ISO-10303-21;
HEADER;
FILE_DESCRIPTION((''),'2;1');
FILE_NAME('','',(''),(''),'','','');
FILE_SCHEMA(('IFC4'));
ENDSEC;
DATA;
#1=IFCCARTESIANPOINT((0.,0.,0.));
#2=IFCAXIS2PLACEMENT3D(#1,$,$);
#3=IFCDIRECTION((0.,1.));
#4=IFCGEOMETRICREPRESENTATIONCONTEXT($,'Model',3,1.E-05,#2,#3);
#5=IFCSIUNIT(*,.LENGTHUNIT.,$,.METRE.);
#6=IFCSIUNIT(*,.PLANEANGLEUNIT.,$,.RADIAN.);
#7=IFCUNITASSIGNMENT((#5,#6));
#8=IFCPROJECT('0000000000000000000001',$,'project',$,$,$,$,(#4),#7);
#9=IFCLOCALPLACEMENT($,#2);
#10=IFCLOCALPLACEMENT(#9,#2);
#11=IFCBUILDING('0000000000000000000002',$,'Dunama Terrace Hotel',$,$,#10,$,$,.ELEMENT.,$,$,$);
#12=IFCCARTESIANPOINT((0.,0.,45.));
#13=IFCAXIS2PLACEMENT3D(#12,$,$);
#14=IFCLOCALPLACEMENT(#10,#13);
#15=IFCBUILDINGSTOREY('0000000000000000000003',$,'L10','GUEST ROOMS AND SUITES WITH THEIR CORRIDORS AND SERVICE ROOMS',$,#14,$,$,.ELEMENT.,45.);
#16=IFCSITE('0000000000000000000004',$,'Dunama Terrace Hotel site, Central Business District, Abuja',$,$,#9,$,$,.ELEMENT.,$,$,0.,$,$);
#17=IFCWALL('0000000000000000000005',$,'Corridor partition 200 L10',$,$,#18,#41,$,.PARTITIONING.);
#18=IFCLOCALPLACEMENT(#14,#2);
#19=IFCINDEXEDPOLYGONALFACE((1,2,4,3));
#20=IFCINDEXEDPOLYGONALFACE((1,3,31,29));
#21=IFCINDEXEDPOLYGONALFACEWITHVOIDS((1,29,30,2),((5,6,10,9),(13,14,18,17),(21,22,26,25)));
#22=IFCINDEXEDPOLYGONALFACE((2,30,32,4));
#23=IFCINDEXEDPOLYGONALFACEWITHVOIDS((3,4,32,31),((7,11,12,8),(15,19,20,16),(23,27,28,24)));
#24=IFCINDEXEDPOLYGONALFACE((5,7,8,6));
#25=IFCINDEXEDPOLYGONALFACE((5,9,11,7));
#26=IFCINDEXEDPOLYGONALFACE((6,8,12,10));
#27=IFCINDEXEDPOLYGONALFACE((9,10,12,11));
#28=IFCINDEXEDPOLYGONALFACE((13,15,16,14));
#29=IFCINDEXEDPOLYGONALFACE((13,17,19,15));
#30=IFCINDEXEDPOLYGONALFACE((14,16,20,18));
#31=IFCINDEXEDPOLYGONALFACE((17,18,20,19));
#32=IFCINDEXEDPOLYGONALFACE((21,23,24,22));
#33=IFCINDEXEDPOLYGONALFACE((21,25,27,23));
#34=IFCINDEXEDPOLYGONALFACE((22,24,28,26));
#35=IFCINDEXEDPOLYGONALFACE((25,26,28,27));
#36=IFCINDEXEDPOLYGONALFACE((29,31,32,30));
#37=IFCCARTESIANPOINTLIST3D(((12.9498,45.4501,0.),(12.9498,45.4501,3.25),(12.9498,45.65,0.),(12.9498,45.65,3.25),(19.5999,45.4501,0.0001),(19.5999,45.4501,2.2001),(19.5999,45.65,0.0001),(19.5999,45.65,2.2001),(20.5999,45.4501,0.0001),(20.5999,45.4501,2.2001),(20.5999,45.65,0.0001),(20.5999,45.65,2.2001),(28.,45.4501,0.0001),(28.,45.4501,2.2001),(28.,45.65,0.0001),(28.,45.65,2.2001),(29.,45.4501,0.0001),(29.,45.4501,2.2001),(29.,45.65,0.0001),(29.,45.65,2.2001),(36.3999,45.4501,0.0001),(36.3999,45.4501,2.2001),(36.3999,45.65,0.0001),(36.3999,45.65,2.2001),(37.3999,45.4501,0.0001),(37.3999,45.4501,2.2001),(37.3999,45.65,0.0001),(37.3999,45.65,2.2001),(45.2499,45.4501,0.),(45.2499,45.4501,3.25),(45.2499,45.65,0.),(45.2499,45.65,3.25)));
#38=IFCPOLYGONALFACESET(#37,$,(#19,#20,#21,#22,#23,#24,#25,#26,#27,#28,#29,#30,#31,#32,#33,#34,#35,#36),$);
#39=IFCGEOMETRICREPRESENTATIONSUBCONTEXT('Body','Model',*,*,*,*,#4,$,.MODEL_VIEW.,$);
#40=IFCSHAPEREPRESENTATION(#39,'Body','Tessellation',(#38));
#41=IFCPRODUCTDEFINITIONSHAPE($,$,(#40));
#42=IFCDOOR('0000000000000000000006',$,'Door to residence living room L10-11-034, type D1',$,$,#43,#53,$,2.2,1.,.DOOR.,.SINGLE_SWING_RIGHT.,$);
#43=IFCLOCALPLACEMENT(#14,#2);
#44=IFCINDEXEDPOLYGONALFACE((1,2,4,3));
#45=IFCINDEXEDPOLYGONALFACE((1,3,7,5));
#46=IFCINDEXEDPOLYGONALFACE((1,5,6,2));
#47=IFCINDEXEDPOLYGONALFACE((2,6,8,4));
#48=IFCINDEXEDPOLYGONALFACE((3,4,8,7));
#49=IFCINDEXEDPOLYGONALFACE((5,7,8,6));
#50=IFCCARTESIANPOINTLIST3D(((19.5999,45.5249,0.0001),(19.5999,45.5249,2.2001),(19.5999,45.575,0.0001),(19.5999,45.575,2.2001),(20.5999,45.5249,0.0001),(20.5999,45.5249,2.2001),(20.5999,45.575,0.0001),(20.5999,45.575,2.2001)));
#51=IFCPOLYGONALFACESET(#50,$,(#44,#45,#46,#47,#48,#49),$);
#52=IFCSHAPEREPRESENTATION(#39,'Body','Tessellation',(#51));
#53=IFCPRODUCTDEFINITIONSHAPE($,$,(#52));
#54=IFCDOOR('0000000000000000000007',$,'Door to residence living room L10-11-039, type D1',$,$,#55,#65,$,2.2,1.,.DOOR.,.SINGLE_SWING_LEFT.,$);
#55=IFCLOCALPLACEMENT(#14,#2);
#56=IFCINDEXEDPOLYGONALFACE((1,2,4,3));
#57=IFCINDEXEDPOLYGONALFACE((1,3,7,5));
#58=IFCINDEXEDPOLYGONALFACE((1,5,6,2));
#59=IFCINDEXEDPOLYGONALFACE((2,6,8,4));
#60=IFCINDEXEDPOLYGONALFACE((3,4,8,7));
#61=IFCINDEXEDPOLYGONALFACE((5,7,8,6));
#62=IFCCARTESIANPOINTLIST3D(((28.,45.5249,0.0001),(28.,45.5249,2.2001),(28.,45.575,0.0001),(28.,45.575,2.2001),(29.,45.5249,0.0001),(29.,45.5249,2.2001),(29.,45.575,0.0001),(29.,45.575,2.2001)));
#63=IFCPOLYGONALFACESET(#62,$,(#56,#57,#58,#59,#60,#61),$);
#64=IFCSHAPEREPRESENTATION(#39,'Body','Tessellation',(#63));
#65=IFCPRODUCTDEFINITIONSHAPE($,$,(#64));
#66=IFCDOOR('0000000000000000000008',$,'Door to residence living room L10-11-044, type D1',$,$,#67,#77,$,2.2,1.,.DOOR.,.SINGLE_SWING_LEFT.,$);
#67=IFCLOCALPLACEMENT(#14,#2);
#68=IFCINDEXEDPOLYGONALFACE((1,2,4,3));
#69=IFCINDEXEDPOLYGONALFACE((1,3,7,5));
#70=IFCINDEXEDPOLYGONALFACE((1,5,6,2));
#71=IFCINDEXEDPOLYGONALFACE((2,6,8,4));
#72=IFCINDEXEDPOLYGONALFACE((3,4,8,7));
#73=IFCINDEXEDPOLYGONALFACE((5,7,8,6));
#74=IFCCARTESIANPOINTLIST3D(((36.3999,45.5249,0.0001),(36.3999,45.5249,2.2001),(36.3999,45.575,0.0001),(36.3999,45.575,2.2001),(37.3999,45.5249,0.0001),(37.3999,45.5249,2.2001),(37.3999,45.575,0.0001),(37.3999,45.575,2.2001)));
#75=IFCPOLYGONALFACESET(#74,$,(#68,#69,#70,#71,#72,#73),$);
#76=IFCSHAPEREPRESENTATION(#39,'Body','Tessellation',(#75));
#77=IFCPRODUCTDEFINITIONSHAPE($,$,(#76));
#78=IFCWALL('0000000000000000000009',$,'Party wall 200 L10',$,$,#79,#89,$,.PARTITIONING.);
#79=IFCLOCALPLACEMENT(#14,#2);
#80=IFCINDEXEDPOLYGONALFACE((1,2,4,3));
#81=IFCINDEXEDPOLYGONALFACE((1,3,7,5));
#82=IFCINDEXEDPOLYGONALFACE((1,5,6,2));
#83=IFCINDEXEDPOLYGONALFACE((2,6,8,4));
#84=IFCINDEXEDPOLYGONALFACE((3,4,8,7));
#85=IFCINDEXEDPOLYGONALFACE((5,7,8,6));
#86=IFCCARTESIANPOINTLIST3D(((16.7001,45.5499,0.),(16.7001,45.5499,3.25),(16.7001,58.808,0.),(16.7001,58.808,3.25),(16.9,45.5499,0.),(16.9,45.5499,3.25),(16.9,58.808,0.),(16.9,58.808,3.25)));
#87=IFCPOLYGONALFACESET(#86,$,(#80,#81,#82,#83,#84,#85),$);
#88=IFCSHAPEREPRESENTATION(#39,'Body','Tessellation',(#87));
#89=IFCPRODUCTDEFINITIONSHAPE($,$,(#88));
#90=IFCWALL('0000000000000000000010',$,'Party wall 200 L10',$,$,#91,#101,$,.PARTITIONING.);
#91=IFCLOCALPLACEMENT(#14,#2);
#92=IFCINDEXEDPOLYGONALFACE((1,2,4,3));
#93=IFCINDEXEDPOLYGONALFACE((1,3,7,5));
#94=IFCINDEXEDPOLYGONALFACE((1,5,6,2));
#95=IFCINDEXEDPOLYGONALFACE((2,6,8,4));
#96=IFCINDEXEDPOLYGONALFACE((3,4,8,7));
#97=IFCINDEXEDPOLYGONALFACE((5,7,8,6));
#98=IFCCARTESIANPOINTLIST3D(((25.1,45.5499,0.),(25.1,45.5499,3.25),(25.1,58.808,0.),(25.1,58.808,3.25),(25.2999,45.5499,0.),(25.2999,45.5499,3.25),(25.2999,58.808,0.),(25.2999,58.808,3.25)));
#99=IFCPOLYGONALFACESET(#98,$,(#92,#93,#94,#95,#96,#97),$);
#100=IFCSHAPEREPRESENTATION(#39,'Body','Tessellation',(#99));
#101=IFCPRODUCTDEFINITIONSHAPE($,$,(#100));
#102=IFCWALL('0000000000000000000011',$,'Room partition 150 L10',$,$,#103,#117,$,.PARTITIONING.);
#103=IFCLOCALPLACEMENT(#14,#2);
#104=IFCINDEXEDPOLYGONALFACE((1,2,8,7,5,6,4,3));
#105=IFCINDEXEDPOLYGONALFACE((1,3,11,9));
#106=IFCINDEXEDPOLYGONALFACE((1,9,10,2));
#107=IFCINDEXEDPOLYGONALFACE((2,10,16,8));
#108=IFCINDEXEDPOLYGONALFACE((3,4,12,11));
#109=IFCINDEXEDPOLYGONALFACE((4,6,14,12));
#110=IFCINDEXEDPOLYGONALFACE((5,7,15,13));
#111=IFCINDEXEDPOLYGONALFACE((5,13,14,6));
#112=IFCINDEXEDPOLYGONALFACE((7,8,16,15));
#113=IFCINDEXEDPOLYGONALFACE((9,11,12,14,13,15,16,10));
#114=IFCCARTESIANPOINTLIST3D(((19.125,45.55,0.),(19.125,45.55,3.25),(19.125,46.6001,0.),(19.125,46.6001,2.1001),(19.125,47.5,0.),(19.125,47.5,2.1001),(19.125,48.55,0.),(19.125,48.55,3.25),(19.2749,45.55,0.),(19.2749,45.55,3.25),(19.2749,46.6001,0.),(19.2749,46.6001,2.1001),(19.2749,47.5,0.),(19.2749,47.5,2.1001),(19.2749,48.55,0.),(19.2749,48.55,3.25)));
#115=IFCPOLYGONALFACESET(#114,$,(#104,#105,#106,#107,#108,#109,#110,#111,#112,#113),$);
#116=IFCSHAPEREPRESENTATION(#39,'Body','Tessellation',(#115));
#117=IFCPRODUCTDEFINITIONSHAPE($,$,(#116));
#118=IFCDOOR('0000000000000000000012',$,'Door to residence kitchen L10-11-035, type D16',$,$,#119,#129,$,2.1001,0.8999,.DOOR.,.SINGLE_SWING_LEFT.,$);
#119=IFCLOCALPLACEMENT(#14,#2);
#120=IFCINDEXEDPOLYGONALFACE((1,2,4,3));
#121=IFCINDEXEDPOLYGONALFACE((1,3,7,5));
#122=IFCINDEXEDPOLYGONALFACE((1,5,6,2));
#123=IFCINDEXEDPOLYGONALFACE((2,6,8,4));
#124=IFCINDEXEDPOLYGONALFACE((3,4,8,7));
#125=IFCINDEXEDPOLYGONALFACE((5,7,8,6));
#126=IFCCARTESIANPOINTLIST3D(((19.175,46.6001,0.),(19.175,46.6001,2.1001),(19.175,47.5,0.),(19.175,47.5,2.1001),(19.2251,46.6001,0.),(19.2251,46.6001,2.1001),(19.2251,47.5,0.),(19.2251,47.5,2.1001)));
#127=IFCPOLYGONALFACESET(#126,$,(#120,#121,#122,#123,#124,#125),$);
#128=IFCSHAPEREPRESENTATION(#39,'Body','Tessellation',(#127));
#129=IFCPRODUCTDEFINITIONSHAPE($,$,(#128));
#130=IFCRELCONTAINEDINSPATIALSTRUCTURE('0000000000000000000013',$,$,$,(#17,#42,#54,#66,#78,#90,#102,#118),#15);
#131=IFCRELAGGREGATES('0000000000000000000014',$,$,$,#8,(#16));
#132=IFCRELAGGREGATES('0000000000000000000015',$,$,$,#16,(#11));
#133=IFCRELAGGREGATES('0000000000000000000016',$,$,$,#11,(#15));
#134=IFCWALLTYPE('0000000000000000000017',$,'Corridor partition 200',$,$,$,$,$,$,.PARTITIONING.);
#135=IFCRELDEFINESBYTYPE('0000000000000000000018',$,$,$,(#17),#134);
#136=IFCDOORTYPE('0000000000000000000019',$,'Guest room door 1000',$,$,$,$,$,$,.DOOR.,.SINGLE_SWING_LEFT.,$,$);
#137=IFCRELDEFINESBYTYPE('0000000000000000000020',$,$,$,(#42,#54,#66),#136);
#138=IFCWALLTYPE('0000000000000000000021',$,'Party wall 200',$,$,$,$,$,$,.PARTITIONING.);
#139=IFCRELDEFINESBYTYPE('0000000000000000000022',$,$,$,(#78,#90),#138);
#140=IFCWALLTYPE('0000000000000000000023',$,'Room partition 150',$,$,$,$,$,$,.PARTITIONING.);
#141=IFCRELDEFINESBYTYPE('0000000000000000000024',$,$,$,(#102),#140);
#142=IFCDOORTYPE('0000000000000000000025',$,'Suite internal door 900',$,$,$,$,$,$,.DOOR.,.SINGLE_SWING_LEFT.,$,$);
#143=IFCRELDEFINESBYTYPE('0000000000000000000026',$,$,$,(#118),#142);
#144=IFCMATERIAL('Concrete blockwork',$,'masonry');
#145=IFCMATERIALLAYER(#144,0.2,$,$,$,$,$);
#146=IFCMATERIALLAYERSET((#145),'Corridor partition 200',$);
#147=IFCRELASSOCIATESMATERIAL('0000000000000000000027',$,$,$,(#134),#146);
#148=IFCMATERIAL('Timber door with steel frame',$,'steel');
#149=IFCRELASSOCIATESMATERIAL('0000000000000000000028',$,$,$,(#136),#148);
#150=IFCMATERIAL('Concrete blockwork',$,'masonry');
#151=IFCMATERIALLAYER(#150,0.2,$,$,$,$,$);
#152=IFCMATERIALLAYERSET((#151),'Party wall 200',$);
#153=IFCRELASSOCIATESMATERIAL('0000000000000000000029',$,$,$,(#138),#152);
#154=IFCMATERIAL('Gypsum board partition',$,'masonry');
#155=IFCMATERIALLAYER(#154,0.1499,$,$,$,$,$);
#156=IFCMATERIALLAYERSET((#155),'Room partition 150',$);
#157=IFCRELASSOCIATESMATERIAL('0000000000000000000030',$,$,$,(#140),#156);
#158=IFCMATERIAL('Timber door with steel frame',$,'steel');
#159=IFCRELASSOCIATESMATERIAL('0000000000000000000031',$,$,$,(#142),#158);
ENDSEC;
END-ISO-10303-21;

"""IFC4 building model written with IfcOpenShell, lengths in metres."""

from ifc_helpers import new_model, si_unit, direction, frame, frame_2d, origin, place, context, subcontext, project, spatial, rectangle, extrude, material, layer, layer_set, type_object, element, fill, save


model = new_model("IFC4")

# Units and contexts
model_context = context("Model", 3, precision=1e-05, world=origin(), true_north=direction((0.0, 1.0)))
body_context = subcontext(model_context, "Body", "Model", "MODEL_VIEW")
ifc_project = project(units=[si_unit("LENGTHUNIT", "METRE"), si_unit("PLANEANGLEUNIT", "RADIAN")], contexts=[model_context])

# Site, building, storey
site_placement = place(None, origin())
site = spatial("IfcSite", under=ifc_project, at=site_placement, Name="Dunama Terrace Hotel site, Central Business District, Abuja", CompositionType="ELEMENT", RefElevation=0.0)
building_placement = place(site_placement, origin())
building = spatial("IfcBuilding", under=site, at=building_placement, Name="Dunama Terrace Hotel", CompositionType="ELEMENT")
storey_placement = place(building_placement, frame((0.0, 0.0, 45.0)))
storey = spatial("IfcBuildingStorey", under=building, at=storey_placement, Name="L10", Description="GUEST ROOMS AND SUITES WITH THEIR CORRIDORS AND SERVICE ROOMS", CompositionType="ELEMENT", Elevation=45.0)

# Wall, openings, doors
ifc_material_1 = material(Name="Concrete blockwork", Category="masonry")
ifc_layer_1 = layer(ifc_material_1, 0.2)
ifc_layer_set_1 = layer_set([ifc_layer_1], Name="Corridor partition 200")
wall_type_1 = type_object("IfcWallType", Name="Corridor partition 200", PredefinedType="PARTITIONING", material=ifc_layer_set_1)
wall_1_placement = place(storey_placement, frame((12.95, 45.55, 0.0), z_axis=(0.0, 0.0, 1.0), x_axis=(1.0, 0.0, 0.0)))
wall_1 = element("IfcWall", 1, at=wall_1_placement, inside=storey, type_object=wall_type_1, Name="Corridor partition 200 L10", PredefinedType="PARTITIONING", context=body_context, shape_type="SweptSolid", body=[
    extrude(rectangle(XDim=32.3, YDim=0.2, at=frame_2d((16.1499, 0.0))), origin(), (0.0, 0.0, 1.0), 3.25),
])
opening_1_placement = place(wall_1_placement, frame((6.6499, 0.0, 0.0)))
opening_1 = element("IfcOpeningElement", 2, at=opening_1_placement, cuts=wall_1, PredefinedType="OPENING", context=body_context, shape_type="SweptSolid", body=[
    extrude(rectangle(XDim=1.0, YDim=2.2, at=frame_2d((0.5, 1.1001))), frame((0.0, 0.1099, 0.0), z_axis=(0.0, -1.0, 0.0), x_axis=(1.0, 0.0, 0.0)), (0.0, 0.0, 1.0), 0.22),
])
opening_2_placement = place(wall_1_placement, frame((15.05, 0.0, 0.0)))
opening_2 = element("IfcOpeningElement", 3, at=opening_2_placement, cuts=wall_1, PredefinedType="OPENING", context=body_context, shape_type="SweptSolid", body=[
    extrude(rectangle(XDim=1.0, YDim=2.2, at=frame_2d((0.5, 1.1001))), frame((0.0, 0.1099, 0.0), z_axis=(0.0, -1.0, 0.0), x_axis=(1.0, 0.0, 0.0)), (0.0, 0.0, 1.0), 0.22),
])
opening_3_placement = place(wall_1_placement, frame((23.45, 0.0, 0.0)))
opening_3 = element("IfcOpeningElement", 4, at=opening_3_placement, cuts=wall_1, PredefinedType="OPENING", context=body_context, shape_type="SweptSolid", body=[
    extrude(rectangle(XDim=1.0, YDim=2.2, at=frame_2d((0.5, 1.1001))), frame((0.0, 0.1099, 0.0), z_axis=(0.0, -1.0, 0.0), x_axis=(1.0, 0.0, 0.0)), (0.0, 0.0, 1.0), 0.22),
])
ifc_material_2 = material(Name="Timber door with steel frame", Category="steel")
door_type_1 = type_object("IfcDoorType", Name="Guest room door 1000", OperationType="SINGLE_SWING_LEFT", PredefinedType="DOOR", material=ifc_material_2)
door_1_placement = place(opening_1_placement, origin())
door_1 = element("IfcDoor", 5, at=door_1_placement, inside=storey, type_object=door_type_1, Name="Door to residence living room L10-11-034, type D1", OperationType="SINGLE_SWING_RIGHT", OverallHeight=2.2, OverallWidth=1.0, PredefinedType="DOOR", context=body_context, shape_type="SweptSolid", body=[
    extrude(rectangle(XDim=1.0, YDim=2.2, at=frame_2d((0.5, 1.1001))), frame((0.0, 0.0249, 0.0), z_axis=(0.0, -1.0, 0.0), x_axis=(1.0, 0.0, 0.0)), (0.0, 0.0, 1.0), 0.05),
])
fill(opening_1, door_1)
door_2_placement = place(opening_2_placement, origin())
door_2 = element("IfcDoor", 6, at=door_2_placement, inside=storey, type_object=door_type_1, Name="Door to residence living room L10-11-039, type D1", OperationType="SINGLE_SWING_LEFT", OverallHeight=2.2, OverallWidth=1.0, PredefinedType="DOOR", context=body_context, shape_type="SweptSolid", body=[
    extrude(rectangle(XDim=1.0, YDim=2.2, at=frame_2d((0.5, 1.1001))), frame((0.0, 0.0249, 0.0), z_axis=(0.0, -1.0, 0.0), x_axis=(1.0, 0.0, 0.0)), (0.0, 0.0, 1.0), 0.05),
])
fill(opening_2, door_2)
door_3_placement = place(opening_3_placement, origin())
door_3 = element("IfcDoor", 7, at=door_3_placement, inside=storey, type_object=door_type_1, Name="Door to residence living room L10-11-044, type D1", OperationType="SINGLE_SWING_LEFT", OverallHeight=2.2, OverallWidth=1.0, PredefinedType="DOOR", context=body_context, shape_type="SweptSolid", body=[
    extrude(rectangle(XDim=1.0, YDim=2.2, at=frame_2d((0.5, 1.1001))), frame((0.0, 0.0249, 0.0), z_axis=(0.0, -1.0, 0.0), x_axis=(1.0, 0.0, 0.0)), (0.0, 0.0, 1.0), 0.05),
])
fill(opening_3, door_3)

# Walls
ifc_material_3 = material(Name="Concrete blockwork", Category="masonry")
ifc_layer_2 = layer(ifc_material_3, 0.2)
ifc_layer_set_2 = layer_set([ifc_layer_2], Name="Party wall 200")
wall_type_2 = type_object("IfcWallType", Name="Party wall 200", PredefinedType="PARTITIONING", material=ifc_layer_set_2)
for number, where, z_axis, x_axis, name in (
    (8, (16.8, 45.55, 0.0), (0.0, 0.0, 1.0), (0.0, 1.0, 0.0), "Party wall 200 L10"),
    (9, (25.2, 45.55, 0.0), (0.0, 0.0, 1.0), (0.0, 1.0, 0.0), "Party wall 200 L10"),
):
    element("IfcWall", number, at=place(storey_placement, frame(where, z_axis=z_axis, x_axis=x_axis)), inside=storey, type_object=wall_type_2, Name=name, PredefinedType="PARTITIONING", context=body_context, shape_type="SweptSolid", body=[
        extrude(rectangle(XDim=13.2581, YDim=0.2, at=frame_2d((6.6289, 0.0))), origin(), (0.0, 0.0, 1.0), 3.25),
    ])

# Wall, opening, door
ifc_material_4 = material(Name="Gypsum board partition", Category="masonry")
ifc_layer_3 = layer(ifc_material_4, 0.1499)
ifc_layer_set_3 = layer_set([ifc_layer_3], Name="Room partition 150")
wall_type_3 = type_object("IfcWallType", Name="Room partition 150", PredefinedType="PARTITIONING", material=ifc_layer_set_3)
wall_2_placement = place(storey_placement, frame((19.2, 45.55, 0.0), z_axis=(0.0, 0.0, 1.0), x_axis=(0.0, 1.0, 0.0)))
wall_2 = element("IfcWall", 10, at=wall_2_placement, inside=storey, type_object=wall_type_3, Name="Room partition 150 L10", PredefinedType="PARTITIONING", context=body_context, shape_type="SweptSolid", body=[
    extrude(rectangle(XDim=3.0, YDim=0.1499, at=frame_2d((1.5, 0.0))), origin(), (0.0, 0.0, 1.0), 3.25),
])
opening_4_placement = place(wall_2_placement, frame((1.05, 0.0, 0.0)))
opening_4 = element("IfcOpeningElement", 11, at=opening_4_placement, cuts=wall_2, PredefinedType="OPENING", context=body_context, shape_type="SweptSolid", body=[
    extrude(rectangle(XDim=0.8999, YDim=2.1001, at=frame_2d((0.45, 1.05))), frame((0.0, 0.085, 0.0), z_axis=(0.0, -1.0, 0.0), x_axis=(1.0, 0.0, 0.0)), (0.0, 0.0, 1.0), 0.1699),
])
ifc_material_5 = material(Name="Timber door with steel frame", Category="steel")
door_type_2 = type_object("IfcDoorType", Name="Suite internal door 900", OperationType="SINGLE_SWING_LEFT", PredefinedType="DOOR", material=ifc_material_5)
door_4_placement = place(opening_4_placement, origin())
door_4 = element("IfcDoor", 12, at=door_4_placement, inside=storey, type_object=door_type_2, Name="Door to residence kitchen L10-11-035, type D16", OperationType="SINGLE_SWING_LEFT", OverallHeight=2.1001, OverallWidth=0.8999, PredefinedType="DOOR", context=body_context, shape_type="SweptSolid", body=[
    extrude(rectangle(XDim=0.8999, YDim=2.1001, at=frame_2d((0.45, 1.05))), frame((0.0, 0.0249, 0.0), z_axis=(0.0, -1.0, 0.0), x_axis=(1.0, 0.0, 0.0)), (0.0, 0.0, 1.0), 0.05),
])
fill(opening_4, door_4)

save(model, "model.ifc")
